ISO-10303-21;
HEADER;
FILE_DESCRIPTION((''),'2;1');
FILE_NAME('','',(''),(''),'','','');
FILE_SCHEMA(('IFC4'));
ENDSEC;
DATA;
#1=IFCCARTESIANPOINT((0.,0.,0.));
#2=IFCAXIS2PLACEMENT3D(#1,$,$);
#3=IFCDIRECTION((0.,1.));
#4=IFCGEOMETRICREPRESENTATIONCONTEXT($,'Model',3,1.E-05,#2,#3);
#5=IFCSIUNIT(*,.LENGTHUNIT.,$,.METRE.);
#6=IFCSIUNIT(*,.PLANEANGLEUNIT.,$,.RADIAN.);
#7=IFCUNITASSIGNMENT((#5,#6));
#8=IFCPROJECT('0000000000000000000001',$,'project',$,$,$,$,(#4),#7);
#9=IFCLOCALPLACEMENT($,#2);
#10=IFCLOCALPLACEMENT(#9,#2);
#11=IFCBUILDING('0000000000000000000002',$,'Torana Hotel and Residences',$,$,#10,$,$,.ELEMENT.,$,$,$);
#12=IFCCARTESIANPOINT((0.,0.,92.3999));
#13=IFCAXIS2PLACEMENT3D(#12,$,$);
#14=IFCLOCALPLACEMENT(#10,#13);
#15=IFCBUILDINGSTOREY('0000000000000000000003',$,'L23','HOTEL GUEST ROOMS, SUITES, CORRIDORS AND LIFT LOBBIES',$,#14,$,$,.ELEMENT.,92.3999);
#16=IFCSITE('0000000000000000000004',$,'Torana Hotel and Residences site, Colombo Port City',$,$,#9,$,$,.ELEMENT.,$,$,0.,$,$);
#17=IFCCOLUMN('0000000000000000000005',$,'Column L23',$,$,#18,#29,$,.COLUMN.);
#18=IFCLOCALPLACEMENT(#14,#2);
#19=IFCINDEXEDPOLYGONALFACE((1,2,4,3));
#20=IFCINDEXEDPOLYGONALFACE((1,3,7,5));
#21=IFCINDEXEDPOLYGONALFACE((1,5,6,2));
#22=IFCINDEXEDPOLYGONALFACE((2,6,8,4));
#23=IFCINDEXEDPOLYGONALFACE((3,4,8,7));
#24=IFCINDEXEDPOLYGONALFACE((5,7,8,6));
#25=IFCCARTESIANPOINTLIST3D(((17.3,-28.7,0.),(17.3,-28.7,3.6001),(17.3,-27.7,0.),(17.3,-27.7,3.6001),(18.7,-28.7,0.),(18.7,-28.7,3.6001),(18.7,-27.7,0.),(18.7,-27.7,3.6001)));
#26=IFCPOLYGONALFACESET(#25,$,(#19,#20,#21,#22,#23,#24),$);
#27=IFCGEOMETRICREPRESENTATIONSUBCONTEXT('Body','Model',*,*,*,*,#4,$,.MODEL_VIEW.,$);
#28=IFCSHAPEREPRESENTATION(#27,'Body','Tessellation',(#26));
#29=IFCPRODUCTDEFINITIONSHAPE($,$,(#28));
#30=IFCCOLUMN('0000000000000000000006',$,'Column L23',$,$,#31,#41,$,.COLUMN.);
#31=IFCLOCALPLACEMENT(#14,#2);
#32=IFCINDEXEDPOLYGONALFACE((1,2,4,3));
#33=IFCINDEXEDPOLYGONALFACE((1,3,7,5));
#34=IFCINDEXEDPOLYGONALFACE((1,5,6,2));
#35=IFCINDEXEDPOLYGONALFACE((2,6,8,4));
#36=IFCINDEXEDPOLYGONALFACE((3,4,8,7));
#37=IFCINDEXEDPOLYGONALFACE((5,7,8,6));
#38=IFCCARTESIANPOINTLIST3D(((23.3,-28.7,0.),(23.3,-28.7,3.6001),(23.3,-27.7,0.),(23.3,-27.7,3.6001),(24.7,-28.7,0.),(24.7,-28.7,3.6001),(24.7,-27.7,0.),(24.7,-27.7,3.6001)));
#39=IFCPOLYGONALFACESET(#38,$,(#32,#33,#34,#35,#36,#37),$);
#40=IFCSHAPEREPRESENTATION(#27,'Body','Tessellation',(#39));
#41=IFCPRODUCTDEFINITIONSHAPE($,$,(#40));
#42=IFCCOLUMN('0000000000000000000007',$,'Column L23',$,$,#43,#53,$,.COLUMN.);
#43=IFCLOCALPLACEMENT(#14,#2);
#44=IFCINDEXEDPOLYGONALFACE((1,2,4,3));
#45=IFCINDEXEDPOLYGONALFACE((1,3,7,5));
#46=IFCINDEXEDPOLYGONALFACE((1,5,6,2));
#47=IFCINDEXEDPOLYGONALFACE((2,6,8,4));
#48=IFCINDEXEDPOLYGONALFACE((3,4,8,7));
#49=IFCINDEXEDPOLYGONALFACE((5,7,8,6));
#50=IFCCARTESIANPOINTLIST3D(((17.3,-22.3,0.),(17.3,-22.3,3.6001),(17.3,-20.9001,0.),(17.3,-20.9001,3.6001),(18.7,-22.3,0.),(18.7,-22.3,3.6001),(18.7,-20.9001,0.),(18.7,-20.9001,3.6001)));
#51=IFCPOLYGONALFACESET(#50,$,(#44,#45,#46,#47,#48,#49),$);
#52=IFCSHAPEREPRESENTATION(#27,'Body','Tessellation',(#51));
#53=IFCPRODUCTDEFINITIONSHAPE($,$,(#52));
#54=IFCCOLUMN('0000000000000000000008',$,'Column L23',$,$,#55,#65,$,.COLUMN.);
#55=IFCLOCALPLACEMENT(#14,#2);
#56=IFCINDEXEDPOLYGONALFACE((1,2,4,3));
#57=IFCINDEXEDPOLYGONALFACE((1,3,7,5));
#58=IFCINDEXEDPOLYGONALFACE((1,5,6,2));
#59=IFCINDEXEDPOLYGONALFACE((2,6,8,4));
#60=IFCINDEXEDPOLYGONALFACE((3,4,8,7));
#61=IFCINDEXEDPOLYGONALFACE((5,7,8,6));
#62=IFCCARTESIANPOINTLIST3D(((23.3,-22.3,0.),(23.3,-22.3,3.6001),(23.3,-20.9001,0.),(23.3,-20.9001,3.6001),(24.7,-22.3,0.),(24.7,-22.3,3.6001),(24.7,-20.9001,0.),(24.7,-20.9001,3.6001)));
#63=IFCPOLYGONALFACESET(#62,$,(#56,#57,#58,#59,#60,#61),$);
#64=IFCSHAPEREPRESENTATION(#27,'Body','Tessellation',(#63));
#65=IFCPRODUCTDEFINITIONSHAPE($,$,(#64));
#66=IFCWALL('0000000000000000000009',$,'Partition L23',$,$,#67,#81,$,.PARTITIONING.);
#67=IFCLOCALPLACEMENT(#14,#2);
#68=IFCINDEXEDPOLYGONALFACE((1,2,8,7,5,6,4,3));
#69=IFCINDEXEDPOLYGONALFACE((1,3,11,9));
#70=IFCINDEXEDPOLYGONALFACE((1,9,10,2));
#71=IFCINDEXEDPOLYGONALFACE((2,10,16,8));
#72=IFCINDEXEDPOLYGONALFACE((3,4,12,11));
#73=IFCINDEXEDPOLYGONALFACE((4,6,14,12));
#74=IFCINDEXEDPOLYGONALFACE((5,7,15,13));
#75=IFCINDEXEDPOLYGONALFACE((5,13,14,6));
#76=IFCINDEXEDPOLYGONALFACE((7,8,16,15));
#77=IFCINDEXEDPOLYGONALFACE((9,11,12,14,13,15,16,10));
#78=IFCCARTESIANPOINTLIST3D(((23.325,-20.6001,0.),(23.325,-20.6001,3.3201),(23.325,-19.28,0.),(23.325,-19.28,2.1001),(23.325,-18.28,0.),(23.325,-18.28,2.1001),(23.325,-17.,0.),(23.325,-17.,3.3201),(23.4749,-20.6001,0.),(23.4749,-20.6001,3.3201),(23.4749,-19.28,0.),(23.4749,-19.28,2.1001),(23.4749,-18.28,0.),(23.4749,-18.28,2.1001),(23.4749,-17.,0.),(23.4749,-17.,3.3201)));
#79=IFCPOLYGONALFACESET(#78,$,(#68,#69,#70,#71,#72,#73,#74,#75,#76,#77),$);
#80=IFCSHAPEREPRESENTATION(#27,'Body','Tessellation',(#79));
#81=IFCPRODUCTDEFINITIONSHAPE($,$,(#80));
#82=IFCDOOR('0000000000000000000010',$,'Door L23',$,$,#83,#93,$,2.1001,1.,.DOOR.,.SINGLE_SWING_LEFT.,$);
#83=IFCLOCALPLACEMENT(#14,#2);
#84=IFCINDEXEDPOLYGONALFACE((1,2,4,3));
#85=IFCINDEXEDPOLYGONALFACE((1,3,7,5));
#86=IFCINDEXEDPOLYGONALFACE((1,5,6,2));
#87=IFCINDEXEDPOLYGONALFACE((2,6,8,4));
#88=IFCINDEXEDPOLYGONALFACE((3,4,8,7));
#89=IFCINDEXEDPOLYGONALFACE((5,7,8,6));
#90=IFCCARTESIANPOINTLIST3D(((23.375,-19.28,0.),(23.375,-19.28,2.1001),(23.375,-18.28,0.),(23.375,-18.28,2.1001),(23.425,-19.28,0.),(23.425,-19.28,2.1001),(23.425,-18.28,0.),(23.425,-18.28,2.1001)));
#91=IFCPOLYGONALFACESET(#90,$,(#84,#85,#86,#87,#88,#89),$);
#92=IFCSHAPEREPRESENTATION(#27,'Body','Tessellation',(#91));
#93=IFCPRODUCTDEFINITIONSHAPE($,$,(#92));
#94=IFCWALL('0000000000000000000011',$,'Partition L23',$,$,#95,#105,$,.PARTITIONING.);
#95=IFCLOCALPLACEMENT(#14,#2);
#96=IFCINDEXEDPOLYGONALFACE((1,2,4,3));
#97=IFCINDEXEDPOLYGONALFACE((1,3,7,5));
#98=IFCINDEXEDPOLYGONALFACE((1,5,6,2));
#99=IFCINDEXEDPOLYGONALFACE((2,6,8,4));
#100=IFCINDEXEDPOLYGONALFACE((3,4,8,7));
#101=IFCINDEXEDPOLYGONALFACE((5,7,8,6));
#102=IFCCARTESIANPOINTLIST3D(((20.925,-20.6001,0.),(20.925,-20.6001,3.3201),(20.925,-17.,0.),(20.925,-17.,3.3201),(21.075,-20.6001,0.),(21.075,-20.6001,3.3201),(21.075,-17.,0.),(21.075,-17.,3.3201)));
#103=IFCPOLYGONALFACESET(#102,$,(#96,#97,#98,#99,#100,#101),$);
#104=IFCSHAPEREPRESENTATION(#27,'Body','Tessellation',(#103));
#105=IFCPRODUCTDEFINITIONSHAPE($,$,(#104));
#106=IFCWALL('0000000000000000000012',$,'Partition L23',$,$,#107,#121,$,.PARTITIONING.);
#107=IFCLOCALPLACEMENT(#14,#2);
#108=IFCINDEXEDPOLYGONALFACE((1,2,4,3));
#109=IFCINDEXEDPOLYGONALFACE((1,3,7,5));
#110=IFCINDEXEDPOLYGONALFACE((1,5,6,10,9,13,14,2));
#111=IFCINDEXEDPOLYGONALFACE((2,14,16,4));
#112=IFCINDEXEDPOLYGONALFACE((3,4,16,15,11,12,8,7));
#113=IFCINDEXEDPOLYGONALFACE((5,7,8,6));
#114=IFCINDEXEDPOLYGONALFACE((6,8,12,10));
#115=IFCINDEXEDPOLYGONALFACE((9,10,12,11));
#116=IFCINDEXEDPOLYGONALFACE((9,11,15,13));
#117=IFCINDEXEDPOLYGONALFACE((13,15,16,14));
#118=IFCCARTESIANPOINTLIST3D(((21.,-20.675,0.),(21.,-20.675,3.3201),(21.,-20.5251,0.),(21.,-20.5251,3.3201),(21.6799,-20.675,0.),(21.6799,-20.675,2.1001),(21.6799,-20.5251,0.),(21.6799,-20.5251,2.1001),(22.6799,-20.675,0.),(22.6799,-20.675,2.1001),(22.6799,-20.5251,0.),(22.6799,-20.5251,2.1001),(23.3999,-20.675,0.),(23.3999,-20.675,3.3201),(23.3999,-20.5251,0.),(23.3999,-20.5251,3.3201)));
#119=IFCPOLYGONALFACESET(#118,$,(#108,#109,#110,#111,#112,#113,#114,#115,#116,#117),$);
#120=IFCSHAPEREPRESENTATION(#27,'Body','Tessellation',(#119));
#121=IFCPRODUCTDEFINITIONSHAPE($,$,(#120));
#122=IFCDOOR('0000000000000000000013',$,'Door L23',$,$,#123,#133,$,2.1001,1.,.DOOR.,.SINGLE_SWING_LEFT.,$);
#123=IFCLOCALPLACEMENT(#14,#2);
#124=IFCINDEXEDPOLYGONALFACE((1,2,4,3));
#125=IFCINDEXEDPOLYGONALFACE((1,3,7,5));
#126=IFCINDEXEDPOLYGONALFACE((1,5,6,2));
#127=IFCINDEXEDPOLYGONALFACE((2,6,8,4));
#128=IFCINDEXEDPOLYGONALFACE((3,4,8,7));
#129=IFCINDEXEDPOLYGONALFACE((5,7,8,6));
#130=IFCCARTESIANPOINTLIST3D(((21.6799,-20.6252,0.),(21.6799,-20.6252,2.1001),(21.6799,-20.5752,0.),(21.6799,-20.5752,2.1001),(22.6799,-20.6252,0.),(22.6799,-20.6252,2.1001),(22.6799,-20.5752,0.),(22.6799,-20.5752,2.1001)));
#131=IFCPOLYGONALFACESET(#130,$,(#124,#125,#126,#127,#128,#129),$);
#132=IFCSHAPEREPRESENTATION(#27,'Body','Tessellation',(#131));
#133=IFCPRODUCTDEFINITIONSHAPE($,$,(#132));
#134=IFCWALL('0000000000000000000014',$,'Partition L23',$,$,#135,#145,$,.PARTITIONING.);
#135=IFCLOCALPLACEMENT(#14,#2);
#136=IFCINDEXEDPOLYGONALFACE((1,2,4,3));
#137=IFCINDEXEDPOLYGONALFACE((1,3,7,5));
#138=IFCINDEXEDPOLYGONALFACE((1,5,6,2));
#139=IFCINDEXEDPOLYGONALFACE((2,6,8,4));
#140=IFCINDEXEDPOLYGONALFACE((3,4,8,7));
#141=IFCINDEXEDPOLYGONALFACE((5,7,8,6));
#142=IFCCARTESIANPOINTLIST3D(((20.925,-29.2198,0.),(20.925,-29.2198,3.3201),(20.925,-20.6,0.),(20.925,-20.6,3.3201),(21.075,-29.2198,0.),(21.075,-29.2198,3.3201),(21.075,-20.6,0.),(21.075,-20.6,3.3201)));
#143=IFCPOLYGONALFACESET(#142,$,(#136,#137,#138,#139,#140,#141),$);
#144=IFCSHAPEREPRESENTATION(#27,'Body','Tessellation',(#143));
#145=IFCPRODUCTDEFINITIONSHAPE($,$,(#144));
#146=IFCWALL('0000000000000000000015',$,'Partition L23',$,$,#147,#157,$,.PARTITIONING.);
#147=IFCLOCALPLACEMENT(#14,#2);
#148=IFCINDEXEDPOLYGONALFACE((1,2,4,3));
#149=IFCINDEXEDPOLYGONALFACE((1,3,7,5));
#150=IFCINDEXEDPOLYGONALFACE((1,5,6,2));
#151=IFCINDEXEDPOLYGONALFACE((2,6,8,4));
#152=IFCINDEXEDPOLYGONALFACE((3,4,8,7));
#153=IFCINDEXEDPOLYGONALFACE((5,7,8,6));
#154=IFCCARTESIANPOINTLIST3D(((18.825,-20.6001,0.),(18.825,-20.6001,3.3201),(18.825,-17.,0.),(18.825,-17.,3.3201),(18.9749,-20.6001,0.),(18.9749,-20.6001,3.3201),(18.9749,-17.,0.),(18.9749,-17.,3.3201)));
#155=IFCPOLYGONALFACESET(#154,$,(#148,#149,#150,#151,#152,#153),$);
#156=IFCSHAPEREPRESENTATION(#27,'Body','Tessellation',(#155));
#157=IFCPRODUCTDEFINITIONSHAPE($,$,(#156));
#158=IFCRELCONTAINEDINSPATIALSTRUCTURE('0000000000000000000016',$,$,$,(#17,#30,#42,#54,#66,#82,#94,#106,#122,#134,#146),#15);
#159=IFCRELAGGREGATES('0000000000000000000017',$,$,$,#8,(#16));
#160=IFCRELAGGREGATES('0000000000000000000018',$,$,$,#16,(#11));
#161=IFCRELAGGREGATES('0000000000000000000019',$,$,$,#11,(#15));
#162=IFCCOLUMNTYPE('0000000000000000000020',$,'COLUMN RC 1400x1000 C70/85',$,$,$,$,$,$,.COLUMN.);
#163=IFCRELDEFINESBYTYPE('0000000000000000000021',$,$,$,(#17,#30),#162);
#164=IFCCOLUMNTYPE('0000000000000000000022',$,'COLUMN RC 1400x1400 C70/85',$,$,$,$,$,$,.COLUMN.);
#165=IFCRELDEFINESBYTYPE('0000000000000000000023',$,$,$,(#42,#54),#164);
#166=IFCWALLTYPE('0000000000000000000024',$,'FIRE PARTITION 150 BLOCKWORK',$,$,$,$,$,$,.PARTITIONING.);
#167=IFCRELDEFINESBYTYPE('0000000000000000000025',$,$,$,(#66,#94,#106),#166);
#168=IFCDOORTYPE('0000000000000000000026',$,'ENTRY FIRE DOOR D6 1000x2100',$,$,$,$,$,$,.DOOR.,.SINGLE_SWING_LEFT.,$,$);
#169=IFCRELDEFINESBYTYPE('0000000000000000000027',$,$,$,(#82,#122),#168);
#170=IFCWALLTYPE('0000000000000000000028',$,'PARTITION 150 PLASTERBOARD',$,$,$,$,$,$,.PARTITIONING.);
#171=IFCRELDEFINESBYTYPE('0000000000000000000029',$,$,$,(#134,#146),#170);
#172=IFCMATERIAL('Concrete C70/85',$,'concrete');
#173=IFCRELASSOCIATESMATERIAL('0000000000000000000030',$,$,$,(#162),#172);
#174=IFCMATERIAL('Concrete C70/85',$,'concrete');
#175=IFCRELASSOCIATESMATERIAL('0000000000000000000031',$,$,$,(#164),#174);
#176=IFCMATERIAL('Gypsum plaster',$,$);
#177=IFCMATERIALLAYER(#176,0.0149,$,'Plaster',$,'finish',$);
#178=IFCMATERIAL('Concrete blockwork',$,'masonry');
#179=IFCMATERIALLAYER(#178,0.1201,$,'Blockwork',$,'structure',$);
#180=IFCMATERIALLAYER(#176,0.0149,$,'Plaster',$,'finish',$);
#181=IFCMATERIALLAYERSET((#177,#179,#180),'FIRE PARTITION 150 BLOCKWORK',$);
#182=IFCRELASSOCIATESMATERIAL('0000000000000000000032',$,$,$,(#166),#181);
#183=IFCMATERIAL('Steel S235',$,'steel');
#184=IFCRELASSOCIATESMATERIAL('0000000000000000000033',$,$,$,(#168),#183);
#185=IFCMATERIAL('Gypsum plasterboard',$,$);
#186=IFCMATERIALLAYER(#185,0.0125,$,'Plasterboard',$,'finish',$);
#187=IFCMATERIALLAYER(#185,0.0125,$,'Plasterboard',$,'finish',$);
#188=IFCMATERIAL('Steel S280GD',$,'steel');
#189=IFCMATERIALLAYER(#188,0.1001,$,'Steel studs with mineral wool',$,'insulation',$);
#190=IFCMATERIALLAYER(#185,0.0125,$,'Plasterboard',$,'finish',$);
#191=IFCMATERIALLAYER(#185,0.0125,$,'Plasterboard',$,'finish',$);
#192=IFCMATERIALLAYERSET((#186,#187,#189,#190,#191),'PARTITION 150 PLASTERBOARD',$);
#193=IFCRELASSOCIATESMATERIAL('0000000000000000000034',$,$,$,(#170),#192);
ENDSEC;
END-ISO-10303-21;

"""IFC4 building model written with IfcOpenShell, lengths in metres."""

from ifc_helpers import new_model, si_unit, direction, frame, frame_2d, origin, origin_2d, place, context, subcontext, project, spatial, rectangle, extrude, material, layer, layer_set, material_profile, profile_set, type_object, element, fill, save


model = new_model("IFC4")

# Units and contexts
model_context = context("Model", 3, precision=1e-05, world=origin(), true_north=direction((0.0, 1.0)))
body_context = subcontext(model_context, "Body", "Model", "MODEL_VIEW")
ifc_project = project(units=[si_unit("LENGTHUNIT", "METRE"), si_unit("PLANEANGLEUNIT", "RADIAN")], contexts=[model_context])

# Site, building, storey
site_placement = place(None, origin())
site = spatial("IfcSite", under=ifc_project, at=site_placement, Name="Torana Hotel and Residences site, Colombo Port City", CompositionType="ELEMENT", RefElevation=0.0)
building_placement = place(site_placement, origin())
building = spatial("IfcBuilding", under=site, at=building_placement, Name="Torana Hotel and Residences", CompositionType="ELEMENT")
storey_placement = place(building_placement, frame((0.0, 0.0, 92.3999)))
storey = spatial("IfcBuildingStorey", under=building, at=storey_placement, Name="L23", Description="HOTEL GUEST ROOMS, SUITES, CORRIDORS AND LIFT LOBBIES", CompositionType="ELEMENT", Elevation=92.3999)

# Columns
ifc_material_1 = material(Name="Concrete C70/85", Category="concrete")
ifc_material_profile_1 = material_profile(ifc_material_1, rectangle(XDim=1.3999, YDim=1.0, at=origin_2d()), Name="RC 1400x1000")
ifc_profile_set_1 = profile_set([ifc_material_profile_1], Name="Concrete C70/85")
column_type_1 = type_object("IfcColumnType", Name="COLUMN RC 1400x1000 C70/85", PredefinedType="COLUMN", material=ifc_profile_set_1)
for number, where, z_axis, x_axis, name in (
    (1, (18.0, -28.2, 0.0), (0.0, 0.0, 1.0), (1.0, 0.0, 0.0), "Column L23"),
    (2, (24.0, -28.2, 0.0), (0.0, 0.0, 1.0), (1.0, 0.0, 0.0), "Column L23"),
):
    element("IfcColumn", number, at=place(storey_placement, frame(where, z_axis=z_axis, x_axis=x_axis)), inside=storey, type_object=column_type_1, Name=name, PredefinedType="COLUMN", context=body_context, shape_type="SweptSolid", body=[
        extrude(rectangle(XDim=1.3999, YDim=1.0, at=origin_2d()), origin(), (0.0, 0.0, 1.0), 3.6001),
    ])
ifc_material_2 = material(Name="Concrete C70/85", Category="concrete")
ifc_material_profile_2 = material_profile(ifc_material_2, rectangle(XDim=1.3999, YDim=1.3999, at=origin_2d()), Name="RC 1400x1400")
ifc_profile_set_2 = profile_set([ifc_material_profile_2], Name="Concrete C70/85")
column_type_2 = type_object("IfcColumnType", Name="COLUMN RC 1400x1400 C70/85", PredefinedType="COLUMN", material=ifc_profile_set_2)
for number, where, z_axis, x_axis, name in (
    (3, (18.0, -21.6001, 0.0), (0.0, 0.0, 1.0), (1.0, 0.0, 0.0), "Column L23"),
    (4, (24.0, -21.6001, 0.0), (0.0, 0.0, 1.0), (1.0, 0.0, 0.0), "Column L23"),
):
    element("IfcColumn", number, at=place(storey_placement, frame(where, z_axis=z_axis, x_axis=x_axis)), inside=storey, type_object=column_type_2, Name=name, PredefinedType="COLUMN", context=body_context, shape_type="SweptSolid", body=[
        extrude(rectangle(XDim=1.3999, YDim=1.3999, at=origin_2d()), origin(), (0.0, 0.0, 1.0), 3.6001),
    ])

# Wall, opening, door
ifc_material_3 = material(Name="Gypsum plaster")
ifc_layer_1 = layer(ifc_material_3, 0.0149, Name="Plaster", Category="finish")
ifc_material_4 = material(Name="Concrete blockwork", Category="masonry")
ifc_layer_2 = layer(ifc_material_4, 0.1201, Name="Blockwork", Category="structure")
ifc_layer_3 = layer(ifc_material_3, 0.0149, Name="Plaster", Category="finish")
ifc_layer_set_1 = layer_set([ifc_layer_1, ifc_layer_2, ifc_layer_3], Name="FIRE PARTITION 150 BLOCKWORK")
wall_type_1 = type_object("IfcWallType", Name="FIRE PARTITION 150 BLOCKWORK", PredefinedType="PARTITIONING", material=ifc_layer_set_1)
wall_1_placement = place(storey_placement, frame((23.3999, -20.6001, 0.0), z_axis=(0.0, 0.0, 1.0), x_axis=(0.0, 1.0, 0.0)))
wall_1 = element("IfcWall", 5, at=wall_1_placement, inside=storey, type_object=wall_type_1, Name="Partition L23", PredefinedType="PARTITIONING", context=body_context, shape_type="SweptSolid", body=[
    extrude(rectangle(XDim=3.6001, YDim=0.1499, at=frame_2d((1.8, 0.0))), origin(), (0.0, 0.0, 1.0), 3.3201),
])
opening_1_placement = place(wall_1_placement, frame((1.3201, 0.0, 0.0)))
opening_1 = element("IfcOpeningElement", 6, at=opening_1_placement, cuts=wall_1, PredefinedType="OPENING", context=body_context, shape_type="SweptSolid", body=[
    extrude(rectangle(XDim=1.0, YDim=2.1001, at=frame_2d((0.5, 1.05))), frame((0.0, 0.085, 0.0), z_axis=(0.0, -1.0, 0.0), x_axis=(1.0, 0.0, 0.0)), (0.0, 0.0, 1.0), 0.1699),
])
ifc_material_5 = material(Name="Steel S235", Category="steel")
door_type_1 = type_object("IfcDoorType", Name="ENTRY FIRE DOOR D6 1000x2100", OperationType="SINGLE_SWING_LEFT", PredefinedType="DOOR", material=ifc_material_5)
door_1_placement = place(opening_1_placement, frame((0.5, 0.0, 0.0), z_axis=(0.0, 0.0, 1.0), x_axis=(-1.0, 0.0, 0.0)))
door_1 = element("IfcDoor", 7, at=door_1_placement, inside=storey, type_object=door_type_1, Name="Door L23", OperationType="SINGLE_SWING_LEFT", OverallHeight=2.1001, OverallWidth=1.0, PredefinedType="DOOR", context=body_context, shape_type="SweptSolid", body=[
    extrude(rectangle(XDim=1.0, YDim=2.1001, at=frame_2d((0.0, 1.05))), frame((0.0, -0.0249, 0.0), z_axis=(0.0, 1.0, 0.0), x_axis=(-1.0, 0.0, 0.0)), (0.0, 0.0, 1.0), 0.05),
])
fill(opening_1, door_1)

# Wall
wall_2_placement = place(storey_placement, frame((21.0, -20.6001, 0.0), z_axis=(0.0, 0.0, 1.0), x_axis=(0.0, 1.0, 0.0)))
element("IfcWall", 8, at=wall_2_placement, inside=storey, type_object=wall_type_1, Name="Partition L23", PredefinedType="PARTITIONING", context=body_context, shape_type="SweptSolid", body=[
    extrude(rectangle(XDim=3.6001, YDim=0.1499, at=frame_2d((1.8, 0.0))), origin(), (0.0, 0.0, 1.0), 3.3201),
])

# Wall, opening, door
wall_3_placement = place(storey_placement, frame((21.0, -20.6001, 0.0), z_axis=(0.0, 0.0, 1.0), x_axis=(1.0, 0.0, 0.0)))
wall_3 = element("IfcWall", 9, at=wall_3_placement, inside=storey, type_object=wall_type_1, Name="Partition L23", PredefinedType="PARTITIONING", context=body_context, shape_type="SweptSolid", body=[
    extrude(rectangle(XDim=2.3999, YDim=0.1499, at=frame_2d((1.2, 0.0))), origin(), (0.0, 0.0, 1.0), 3.3201),
])
opening_2_placement = place(wall_3_placement, frame((0.6799, 0.0, 0.0)))
opening_2 = element("IfcOpeningElement", 10, at=opening_2_placement, cuts=wall_3, PredefinedType="OPENING", context=body_context, shape_type="SweptSolid", body=[
    extrude(rectangle(XDim=1.0, YDim=2.1001, at=frame_2d((0.5, 1.05))), frame((0.0, 0.085, 0.0), z_axis=(0.0, -1.0, 0.0), x_axis=(1.0, 0.0, 0.0)), (0.0, 0.0, 1.0), 0.1699),
])
door_2_placement = place(opening_2_placement, frame((0.5, 0.0, 0.0), z_axis=(0.0, 0.0, 1.0), x_axis=(-1.0, 0.0, 0.0)))
door_2 = element("IfcDoor", 11, at=door_2_placement, inside=storey, type_object=door_type_1, Name="Door L23", OperationType="SINGLE_SWING_LEFT", OverallHeight=2.1001, OverallWidth=1.0, PredefinedType="DOOR", context=body_context, shape_type="SweptSolid", body=[
    extrude(rectangle(XDim=1.0, YDim=2.1001, at=frame_2d((0.0, 1.05))), frame((0.0, -0.0249, 0.0), z_axis=(0.0, 1.0, 0.0), x_axis=(-1.0, 0.0, 0.0)), (0.0, 0.0, 1.0), 0.05),
])
fill(opening_2, door_2)

# Walls
ifc_material_6 = material(Name="Gypsum plasterboard")
ifc_layer_4 = layer(ifc_material_6, 0.0125, Name="Plasterboard", Category="finish")
ifc_layer_5 = layer(ifc_material_6, 0.0125, Name="Plasterboard", Category="finish")
ifc_material_7 = material(Name="Steel S280GD", Category="steel")
ifc_layer_6 = layer(ifc_material_7, 0.1001, Name="Steel studs with mineral wool", Category="insulation")
ifc_layer_7 = layer(ifc_material_6, 0.0125, Name="Plasterboard", Category="finish")
ifc_layer_8 = layer(ifc_material_6, 0.0125, Name="Plasterboard", Category="finish")
ifc_layer_set_2 = layer_set([ifc_layer_4, ifc_layer_5, ifc_layer_6, ifc_layer_7, ifc_layer_8], Name="PARTITION 150 PLASTERBOARD")
wall_type_2 = type_object("IfcWallType", Name="PARTITION 150 PLASTERBOARD", PredefinedType="PARTITIONING", material=ifc_layer_set_2)
wall_4_placement = place(storey_placement, frame((21.0, -29.22, 0.0), z_axis=(0.0, 0.0, 1.0), x_axis=(0.0, 1.0, 0.0)))
element("IfcWall", 12, at=wall_4_placement, inside=storey, type_object=wall_type_2, Name="Partition L23", PredefinedType="PARTITIONING", context=body_context, shape_type="SweptSolid", body=[
    extrude(rectangle(XDim=8.6199, YDim=0.1499, at=frame_2d((4.3101, 0.0))), origin(), (0.0, 0.0, 1.0), 3.3201),
])
wall_5_placement = place(storey_placement, frame((18.8999, -20.6001, 0.0), z_axis=(0.0, 0.0, 1.0), x_axis=(0.0, 1.0, 0.0)))
element("IfcWall", 13, at=wall_5_placement, inside=storey, type_object=wall_type_2, Name="Partition L23", PredefinedType="PARTITIONING", context=body_context, shape_type="SweptSolid", body=[
    extrude(rectangle(XDim=3.6001, YDim=0.1499, at=frame_2d((1.8, 0.0))), origin(), (0.0, 0.0, 1.0), 3.3201),
])

save(model, "model.ifc")
